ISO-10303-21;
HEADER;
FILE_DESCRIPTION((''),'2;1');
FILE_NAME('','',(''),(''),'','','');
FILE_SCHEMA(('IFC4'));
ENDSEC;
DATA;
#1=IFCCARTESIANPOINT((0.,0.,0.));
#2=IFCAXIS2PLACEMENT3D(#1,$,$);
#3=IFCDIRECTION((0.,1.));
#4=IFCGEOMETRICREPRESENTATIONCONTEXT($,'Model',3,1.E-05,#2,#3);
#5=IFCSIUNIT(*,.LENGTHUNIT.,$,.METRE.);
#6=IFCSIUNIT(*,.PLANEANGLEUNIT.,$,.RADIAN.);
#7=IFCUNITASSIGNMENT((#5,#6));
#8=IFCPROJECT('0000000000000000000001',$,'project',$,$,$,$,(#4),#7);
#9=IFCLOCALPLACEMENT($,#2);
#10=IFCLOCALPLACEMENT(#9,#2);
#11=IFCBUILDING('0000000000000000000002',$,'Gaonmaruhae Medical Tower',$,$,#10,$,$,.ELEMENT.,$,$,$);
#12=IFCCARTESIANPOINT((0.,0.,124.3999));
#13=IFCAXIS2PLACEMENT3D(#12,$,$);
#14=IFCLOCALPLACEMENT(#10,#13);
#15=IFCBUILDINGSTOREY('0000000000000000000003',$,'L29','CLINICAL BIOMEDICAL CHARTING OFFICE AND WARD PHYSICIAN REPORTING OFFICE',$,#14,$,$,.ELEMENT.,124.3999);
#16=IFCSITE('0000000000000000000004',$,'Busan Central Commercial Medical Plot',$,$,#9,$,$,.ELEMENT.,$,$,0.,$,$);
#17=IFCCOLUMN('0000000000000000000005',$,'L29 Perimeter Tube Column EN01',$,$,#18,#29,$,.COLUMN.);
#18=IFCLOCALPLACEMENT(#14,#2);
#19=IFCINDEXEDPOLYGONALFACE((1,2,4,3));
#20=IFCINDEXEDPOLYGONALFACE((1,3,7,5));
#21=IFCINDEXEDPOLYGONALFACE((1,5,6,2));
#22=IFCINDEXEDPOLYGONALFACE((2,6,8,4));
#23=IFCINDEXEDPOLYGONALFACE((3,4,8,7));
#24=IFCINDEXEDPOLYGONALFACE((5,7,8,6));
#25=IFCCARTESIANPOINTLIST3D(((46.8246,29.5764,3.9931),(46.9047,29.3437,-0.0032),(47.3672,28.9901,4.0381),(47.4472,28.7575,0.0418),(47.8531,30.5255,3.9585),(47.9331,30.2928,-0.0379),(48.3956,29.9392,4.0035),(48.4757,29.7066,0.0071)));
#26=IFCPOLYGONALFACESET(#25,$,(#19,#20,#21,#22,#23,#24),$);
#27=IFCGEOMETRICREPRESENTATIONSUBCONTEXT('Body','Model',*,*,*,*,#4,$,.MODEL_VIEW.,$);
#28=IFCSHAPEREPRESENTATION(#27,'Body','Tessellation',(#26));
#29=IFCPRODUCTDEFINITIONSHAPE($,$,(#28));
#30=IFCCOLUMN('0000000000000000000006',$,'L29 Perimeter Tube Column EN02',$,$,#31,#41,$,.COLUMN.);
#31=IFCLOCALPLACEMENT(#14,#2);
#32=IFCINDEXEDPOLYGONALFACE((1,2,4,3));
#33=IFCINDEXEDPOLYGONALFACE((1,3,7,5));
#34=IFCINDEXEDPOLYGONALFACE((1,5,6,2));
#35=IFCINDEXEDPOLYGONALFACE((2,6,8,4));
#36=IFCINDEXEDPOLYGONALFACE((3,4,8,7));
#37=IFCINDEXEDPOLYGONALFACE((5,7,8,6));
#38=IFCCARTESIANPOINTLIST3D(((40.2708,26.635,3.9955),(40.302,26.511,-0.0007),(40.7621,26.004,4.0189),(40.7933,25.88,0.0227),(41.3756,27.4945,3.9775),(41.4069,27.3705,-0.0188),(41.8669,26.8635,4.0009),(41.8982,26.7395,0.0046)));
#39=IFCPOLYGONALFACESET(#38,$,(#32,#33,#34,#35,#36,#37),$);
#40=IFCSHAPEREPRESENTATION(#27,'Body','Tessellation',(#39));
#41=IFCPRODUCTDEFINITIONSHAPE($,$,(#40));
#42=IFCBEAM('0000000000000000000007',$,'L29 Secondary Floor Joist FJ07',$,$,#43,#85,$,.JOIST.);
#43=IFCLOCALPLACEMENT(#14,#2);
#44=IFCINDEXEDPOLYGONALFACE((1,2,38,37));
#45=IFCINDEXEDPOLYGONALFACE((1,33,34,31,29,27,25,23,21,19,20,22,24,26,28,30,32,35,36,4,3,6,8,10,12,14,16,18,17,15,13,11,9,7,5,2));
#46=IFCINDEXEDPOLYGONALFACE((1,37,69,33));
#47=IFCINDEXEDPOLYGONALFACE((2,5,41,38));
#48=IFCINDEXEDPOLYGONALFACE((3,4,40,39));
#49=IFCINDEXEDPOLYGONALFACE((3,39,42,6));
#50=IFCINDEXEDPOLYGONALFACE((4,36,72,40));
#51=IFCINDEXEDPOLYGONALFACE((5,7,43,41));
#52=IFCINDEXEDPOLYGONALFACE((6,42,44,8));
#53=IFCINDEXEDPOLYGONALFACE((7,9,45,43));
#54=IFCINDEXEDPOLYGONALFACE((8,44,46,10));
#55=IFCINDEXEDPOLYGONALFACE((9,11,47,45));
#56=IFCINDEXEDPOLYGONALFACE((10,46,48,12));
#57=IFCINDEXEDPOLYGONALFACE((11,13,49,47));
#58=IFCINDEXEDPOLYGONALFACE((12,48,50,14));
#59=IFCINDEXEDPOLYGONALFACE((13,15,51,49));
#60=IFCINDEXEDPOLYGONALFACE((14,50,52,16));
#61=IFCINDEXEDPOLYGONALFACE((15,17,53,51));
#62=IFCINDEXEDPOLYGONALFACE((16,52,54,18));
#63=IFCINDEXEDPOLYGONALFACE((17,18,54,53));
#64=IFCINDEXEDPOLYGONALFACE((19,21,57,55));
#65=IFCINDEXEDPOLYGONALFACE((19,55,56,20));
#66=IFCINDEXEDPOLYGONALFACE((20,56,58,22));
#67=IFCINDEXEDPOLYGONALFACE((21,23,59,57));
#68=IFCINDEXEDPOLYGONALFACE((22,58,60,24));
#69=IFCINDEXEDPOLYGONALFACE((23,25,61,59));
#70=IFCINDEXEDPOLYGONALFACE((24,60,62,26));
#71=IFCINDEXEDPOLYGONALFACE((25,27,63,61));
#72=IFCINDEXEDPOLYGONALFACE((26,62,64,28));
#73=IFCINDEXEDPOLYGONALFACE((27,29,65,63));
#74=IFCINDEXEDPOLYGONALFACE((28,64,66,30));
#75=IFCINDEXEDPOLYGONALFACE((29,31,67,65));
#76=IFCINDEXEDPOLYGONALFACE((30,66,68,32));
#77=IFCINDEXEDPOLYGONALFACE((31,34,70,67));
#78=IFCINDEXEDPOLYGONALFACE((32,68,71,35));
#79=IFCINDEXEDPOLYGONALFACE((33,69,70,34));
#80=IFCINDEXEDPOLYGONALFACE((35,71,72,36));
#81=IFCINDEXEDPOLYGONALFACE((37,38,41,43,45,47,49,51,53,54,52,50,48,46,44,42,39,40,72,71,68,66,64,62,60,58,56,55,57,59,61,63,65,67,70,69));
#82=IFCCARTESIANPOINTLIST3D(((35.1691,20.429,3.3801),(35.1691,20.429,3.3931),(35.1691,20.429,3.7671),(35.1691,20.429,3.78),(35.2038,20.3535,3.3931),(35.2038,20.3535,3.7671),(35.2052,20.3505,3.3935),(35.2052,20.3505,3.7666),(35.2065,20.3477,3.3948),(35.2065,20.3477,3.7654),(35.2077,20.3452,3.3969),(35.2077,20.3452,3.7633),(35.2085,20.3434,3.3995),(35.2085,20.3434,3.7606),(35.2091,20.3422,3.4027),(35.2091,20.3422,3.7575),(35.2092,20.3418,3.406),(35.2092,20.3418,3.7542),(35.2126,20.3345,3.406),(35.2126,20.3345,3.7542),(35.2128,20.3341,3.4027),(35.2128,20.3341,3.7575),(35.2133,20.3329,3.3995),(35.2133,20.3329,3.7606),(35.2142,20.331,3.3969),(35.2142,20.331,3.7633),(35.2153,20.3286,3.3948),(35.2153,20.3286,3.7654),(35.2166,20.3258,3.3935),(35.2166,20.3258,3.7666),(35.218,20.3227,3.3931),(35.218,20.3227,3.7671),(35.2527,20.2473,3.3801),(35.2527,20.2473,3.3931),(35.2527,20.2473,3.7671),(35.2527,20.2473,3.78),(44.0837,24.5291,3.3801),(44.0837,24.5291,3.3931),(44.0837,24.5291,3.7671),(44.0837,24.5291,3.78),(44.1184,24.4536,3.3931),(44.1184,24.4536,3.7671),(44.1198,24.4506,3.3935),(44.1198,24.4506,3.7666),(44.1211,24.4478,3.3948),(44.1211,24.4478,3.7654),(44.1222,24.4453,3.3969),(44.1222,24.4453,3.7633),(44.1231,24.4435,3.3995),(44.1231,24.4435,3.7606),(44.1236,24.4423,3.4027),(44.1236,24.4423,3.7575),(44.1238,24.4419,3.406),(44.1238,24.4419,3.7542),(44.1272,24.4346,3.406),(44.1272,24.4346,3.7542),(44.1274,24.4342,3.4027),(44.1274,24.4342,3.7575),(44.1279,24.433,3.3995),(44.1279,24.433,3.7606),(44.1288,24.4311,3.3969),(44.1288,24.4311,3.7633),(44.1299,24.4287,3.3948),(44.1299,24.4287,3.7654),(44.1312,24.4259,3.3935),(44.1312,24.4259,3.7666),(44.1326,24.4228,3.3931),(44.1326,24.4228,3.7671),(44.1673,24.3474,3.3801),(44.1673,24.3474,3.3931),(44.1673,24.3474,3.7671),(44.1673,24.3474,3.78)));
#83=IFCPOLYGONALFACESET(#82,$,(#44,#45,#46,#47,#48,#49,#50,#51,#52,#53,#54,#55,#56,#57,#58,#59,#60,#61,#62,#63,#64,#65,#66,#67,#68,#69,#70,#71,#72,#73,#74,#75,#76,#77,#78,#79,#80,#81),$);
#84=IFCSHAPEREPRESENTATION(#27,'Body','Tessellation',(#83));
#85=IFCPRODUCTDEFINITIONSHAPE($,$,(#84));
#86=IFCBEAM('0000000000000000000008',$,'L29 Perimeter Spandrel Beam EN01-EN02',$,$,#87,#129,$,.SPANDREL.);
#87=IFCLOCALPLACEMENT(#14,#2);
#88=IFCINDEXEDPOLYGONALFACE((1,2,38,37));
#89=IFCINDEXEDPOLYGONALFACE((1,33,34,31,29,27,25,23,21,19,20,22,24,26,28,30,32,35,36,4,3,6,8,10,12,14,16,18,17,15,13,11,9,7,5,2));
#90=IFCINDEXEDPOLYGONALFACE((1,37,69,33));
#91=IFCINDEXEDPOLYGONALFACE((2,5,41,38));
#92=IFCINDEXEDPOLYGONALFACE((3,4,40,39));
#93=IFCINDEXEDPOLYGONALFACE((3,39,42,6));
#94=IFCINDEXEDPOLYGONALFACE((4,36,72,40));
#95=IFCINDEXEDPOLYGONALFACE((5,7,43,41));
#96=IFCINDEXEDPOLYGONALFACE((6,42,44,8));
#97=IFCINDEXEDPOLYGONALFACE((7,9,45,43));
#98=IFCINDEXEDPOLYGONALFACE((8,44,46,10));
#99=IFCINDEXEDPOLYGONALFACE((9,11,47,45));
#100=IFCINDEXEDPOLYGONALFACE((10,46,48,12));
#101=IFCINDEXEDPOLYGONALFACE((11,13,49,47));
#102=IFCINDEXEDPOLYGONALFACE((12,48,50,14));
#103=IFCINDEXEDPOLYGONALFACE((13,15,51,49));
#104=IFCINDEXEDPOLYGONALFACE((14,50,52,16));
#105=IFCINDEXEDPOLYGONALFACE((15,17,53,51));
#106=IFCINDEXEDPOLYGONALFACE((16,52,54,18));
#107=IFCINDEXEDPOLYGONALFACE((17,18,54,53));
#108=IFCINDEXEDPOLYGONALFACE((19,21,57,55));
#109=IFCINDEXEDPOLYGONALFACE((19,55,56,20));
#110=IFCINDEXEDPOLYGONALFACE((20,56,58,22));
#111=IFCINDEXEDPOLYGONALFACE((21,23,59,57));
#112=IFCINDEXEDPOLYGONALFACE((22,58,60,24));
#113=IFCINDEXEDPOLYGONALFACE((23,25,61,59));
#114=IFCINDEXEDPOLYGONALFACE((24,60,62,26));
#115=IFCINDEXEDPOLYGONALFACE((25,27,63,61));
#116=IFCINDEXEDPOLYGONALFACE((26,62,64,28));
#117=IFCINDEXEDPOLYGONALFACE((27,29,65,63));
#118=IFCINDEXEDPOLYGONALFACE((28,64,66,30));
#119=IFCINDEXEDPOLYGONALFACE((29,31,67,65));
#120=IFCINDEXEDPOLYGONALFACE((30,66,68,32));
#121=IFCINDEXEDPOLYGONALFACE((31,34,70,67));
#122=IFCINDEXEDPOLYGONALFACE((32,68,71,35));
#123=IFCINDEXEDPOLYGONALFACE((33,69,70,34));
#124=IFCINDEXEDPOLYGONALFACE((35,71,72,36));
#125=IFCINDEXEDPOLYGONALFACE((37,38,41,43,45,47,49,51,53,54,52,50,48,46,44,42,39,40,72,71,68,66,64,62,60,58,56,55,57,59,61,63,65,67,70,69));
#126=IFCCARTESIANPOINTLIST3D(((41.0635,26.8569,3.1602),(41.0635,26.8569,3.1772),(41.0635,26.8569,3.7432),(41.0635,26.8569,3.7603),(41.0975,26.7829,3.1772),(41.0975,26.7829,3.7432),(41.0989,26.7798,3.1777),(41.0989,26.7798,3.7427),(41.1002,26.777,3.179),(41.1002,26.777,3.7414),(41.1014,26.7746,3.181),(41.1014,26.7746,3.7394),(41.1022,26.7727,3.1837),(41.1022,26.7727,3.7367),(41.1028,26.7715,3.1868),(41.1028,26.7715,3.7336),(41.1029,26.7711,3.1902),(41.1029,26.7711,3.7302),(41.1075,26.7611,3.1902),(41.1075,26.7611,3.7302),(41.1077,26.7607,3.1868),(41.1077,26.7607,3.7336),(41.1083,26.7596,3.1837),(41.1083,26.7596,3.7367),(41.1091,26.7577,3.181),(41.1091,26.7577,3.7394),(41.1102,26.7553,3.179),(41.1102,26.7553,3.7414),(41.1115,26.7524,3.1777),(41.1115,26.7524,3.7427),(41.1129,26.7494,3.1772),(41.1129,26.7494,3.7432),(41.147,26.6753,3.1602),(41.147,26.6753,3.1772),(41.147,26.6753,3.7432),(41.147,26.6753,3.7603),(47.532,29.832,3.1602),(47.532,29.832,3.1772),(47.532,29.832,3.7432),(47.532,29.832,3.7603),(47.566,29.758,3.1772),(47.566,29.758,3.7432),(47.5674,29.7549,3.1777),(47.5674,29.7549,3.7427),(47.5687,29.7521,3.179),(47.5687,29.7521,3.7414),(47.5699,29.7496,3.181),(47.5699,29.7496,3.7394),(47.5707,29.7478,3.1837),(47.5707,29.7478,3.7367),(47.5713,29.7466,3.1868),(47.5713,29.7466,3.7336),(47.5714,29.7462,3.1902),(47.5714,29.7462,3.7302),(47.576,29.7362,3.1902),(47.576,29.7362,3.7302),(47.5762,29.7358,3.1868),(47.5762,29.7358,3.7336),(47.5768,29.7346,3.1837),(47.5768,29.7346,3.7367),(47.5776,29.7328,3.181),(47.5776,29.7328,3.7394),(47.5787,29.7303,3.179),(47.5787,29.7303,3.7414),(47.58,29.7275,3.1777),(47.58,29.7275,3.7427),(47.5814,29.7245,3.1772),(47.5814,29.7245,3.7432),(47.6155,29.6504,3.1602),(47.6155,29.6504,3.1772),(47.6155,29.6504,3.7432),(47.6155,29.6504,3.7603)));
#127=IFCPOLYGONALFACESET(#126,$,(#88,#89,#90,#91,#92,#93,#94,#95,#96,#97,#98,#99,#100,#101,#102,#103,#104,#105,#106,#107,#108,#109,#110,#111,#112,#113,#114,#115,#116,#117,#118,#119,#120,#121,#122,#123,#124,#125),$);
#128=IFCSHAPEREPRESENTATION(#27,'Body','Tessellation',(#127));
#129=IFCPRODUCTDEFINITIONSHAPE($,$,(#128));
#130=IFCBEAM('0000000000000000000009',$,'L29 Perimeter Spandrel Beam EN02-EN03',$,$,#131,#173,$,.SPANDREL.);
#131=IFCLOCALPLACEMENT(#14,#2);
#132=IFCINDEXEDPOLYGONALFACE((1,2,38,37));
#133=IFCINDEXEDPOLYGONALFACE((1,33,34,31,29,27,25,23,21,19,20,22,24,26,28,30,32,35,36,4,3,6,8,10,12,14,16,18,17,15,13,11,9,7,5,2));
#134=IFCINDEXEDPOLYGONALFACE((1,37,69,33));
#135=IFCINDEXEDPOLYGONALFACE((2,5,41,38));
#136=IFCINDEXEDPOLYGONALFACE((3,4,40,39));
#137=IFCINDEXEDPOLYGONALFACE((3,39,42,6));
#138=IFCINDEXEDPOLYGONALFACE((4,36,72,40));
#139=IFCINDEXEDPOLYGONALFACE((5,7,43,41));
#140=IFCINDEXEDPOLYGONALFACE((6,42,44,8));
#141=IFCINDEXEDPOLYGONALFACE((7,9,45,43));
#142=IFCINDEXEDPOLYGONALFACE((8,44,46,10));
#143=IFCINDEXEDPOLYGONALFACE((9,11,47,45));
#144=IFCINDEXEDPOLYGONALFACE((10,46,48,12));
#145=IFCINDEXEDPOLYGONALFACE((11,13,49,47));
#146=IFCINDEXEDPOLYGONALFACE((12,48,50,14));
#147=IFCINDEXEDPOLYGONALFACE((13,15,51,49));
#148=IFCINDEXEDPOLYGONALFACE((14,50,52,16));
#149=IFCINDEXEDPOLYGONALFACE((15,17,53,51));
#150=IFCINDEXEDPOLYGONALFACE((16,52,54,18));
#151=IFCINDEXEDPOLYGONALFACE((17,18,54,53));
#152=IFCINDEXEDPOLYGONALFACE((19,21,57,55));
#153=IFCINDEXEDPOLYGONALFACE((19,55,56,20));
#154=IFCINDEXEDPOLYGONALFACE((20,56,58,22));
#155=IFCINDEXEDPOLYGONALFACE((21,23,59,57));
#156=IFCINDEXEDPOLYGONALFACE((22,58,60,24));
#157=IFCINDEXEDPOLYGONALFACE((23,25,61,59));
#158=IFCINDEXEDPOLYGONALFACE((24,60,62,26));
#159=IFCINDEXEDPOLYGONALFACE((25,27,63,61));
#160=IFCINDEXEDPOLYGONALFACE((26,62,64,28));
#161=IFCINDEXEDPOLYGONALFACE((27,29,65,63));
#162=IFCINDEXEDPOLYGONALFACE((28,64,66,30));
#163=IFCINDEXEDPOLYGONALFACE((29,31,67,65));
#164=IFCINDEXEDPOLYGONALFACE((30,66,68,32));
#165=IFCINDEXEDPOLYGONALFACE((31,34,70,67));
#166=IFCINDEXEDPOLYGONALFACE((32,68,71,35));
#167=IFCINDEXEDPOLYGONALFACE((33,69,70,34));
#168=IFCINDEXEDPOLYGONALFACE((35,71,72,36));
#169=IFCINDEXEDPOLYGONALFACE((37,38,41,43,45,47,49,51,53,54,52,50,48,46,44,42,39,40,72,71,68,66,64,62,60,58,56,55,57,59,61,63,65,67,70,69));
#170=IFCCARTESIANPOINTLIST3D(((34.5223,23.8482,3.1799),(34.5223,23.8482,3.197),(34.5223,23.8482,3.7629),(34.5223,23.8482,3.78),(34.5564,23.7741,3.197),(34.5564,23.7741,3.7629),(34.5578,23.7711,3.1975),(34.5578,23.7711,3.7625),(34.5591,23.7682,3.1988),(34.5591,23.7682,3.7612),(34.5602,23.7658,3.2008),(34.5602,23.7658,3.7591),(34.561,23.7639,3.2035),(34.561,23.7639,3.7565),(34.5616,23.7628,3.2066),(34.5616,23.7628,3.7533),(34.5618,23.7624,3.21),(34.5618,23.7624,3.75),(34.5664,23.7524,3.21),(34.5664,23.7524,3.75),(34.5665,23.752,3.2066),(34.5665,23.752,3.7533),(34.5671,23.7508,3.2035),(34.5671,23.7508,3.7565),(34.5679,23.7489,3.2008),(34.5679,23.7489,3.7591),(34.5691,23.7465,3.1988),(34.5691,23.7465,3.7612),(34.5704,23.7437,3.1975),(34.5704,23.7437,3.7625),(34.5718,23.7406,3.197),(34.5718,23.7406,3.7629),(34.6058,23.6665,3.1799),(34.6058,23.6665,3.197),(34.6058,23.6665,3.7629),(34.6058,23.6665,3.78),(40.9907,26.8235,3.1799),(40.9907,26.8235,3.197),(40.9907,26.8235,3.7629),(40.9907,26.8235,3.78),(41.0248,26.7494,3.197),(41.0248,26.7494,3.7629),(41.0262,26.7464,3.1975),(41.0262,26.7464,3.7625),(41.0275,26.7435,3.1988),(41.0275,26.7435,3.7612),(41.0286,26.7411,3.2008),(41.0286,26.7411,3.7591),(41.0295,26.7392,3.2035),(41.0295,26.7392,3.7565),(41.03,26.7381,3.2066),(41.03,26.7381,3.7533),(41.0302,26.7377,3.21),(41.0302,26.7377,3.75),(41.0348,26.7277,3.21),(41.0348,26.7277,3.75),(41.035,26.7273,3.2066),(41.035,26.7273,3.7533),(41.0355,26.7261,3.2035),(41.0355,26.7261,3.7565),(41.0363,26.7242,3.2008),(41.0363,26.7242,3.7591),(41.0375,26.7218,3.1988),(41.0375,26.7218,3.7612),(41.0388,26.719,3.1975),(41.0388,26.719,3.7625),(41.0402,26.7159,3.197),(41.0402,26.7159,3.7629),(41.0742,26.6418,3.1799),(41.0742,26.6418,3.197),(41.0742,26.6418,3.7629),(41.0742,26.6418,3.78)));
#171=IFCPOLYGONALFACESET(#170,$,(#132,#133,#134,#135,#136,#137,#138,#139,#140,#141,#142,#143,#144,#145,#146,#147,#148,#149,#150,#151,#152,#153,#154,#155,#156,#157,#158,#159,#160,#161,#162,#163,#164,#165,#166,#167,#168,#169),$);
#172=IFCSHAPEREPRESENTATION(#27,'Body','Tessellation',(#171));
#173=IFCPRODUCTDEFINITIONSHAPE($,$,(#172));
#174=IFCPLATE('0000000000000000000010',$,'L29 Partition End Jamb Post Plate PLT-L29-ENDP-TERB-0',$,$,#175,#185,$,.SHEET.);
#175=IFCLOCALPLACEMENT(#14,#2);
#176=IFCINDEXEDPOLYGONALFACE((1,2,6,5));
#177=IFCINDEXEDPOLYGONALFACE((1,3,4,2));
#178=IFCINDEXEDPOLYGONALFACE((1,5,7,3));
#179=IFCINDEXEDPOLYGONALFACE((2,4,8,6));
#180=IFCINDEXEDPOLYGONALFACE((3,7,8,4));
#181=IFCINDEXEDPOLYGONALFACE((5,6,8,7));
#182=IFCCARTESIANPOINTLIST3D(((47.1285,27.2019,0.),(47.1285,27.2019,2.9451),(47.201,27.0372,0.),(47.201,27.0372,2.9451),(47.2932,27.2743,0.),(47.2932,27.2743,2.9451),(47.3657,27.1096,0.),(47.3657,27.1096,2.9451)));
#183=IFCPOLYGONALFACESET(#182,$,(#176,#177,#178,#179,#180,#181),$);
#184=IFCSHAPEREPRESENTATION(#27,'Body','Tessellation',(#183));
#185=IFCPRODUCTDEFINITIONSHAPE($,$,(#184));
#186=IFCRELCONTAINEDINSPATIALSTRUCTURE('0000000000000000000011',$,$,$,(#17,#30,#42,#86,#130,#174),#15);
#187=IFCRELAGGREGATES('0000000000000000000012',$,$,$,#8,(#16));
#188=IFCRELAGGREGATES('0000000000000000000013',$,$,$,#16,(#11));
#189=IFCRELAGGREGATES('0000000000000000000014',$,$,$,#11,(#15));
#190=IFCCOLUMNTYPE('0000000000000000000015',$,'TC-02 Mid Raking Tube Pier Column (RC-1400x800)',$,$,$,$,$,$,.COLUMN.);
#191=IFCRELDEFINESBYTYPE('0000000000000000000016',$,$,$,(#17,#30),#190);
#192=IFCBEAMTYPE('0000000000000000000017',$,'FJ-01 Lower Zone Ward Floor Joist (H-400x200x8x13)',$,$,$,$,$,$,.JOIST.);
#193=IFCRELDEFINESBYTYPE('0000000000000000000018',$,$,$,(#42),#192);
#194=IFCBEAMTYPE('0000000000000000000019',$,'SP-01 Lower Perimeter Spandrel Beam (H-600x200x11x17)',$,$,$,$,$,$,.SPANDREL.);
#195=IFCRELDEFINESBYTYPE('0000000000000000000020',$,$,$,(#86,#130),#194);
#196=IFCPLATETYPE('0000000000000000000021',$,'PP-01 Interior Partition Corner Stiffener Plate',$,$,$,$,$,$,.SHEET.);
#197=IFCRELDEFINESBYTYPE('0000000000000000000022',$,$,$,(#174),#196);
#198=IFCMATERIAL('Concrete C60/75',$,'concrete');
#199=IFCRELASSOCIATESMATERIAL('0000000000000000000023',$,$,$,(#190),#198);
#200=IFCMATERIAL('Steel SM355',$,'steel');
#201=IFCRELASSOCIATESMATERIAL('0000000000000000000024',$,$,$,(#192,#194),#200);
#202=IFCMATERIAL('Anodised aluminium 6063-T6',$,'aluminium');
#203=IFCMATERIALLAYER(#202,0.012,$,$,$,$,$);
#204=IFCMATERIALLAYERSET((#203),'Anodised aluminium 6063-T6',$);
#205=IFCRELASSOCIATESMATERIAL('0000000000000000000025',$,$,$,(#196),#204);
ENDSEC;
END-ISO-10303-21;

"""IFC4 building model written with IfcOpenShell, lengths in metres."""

from ifc_helpers import new_model, si_unit, direction, frame, origin, origin_2d, place, context, subcontext, project, spatial, rectangle, i_section, extrude, material, layer, layer_set, material_profile, profile_set, type_object, element, save


model = new_model("IFC4")

# Units and contexts
model_context = context("Model", 3, precision=1e-05, world=origin(), true_north=direction((0.0, 1.0)))
body_context = subcontext(model_context, "Body", "Model", "MODEL_VIEW")
ifc_project = project(units=[si_unit("LENGTHUNIT", "METRE"), si_unit("PLANEANGLEUNIT", "RADIAN")], contexts=[model_context])

# Site, building, storey
site_placement = place(None, origin())
site = spatial("IfcSite", under=ifc_project, at=site_placement, Name="Busan Central Commercial Medical Plot", CompositionType="ELEMENT", RefElevation=0.0)
building_placement = place(site_placement, origin())
building = spatial("IfcBuilding", under=site, at=building_placement, Name="Gaonmaruhae Medical Tower", CompositionType="ELEMENT")
storey_placement = place(building_placement, frame((0.0, 0.0, 124.3999)))
storey = spatial("IfcBuildingStorey", under=building, at=storey_placement, Name="L29", Description="CLINICAL BIOMEDICAL CHARTING OFFICE AND WARD PHYSICIAN REPORTING OFFICE", CompositionType="ELEMENT", Elevation=124.3999)

# Columns
ifc_material_1 = material(Name="Concrete C60/75", Category="concrete")
ifc_material_profile_1 = material_profile(ifc_material_1, rectangle(XDim=1.3999, YDim=0.8, at=origin_2d()), Name="RC-1400x800")
ifc_profile_set_1 = profile_set([ifc_material_profile_1], Name="Concrete C60/75")
column_type = type_object("IfcColumnType", Name="TC-02 Mid Raking Tube Pier Column (RC-1400x800)", PredefinedType="COLUMN", material=ifc_profile_set_1)
column_1_placement = place(storey_placement, frame((47.6902, 29.5251, 0.002), z_axis=(-0.02, 0.05811, 0.99811), x_axis=(-0.734662, -0.677982, 0.024751)))
element("IfcColumn", 1, at=column_1_placement, inside=storey, type_object=column_type, Name="L29 Perimeter Tube Column EN01", PredefinedType="COLUMN", context=body_context, shape_type="SweptSolid", body=[
    extrude(rectangle(XDim=1.3999, YDim=0.8, at=origin_2d()), origin(), (0.0, 0.0, 1.0), 4.0039),
])
column_2_placement = place(storey_placement, frame((41.1001, 26.6252, 0.002), z_axis=(-0.007816, 0.031018, 0.999488), x_axis=(-0.789216, -0.61398, 0.012883)))
element("IfcColumn", 2, at=column_2_placement, inside=storey, type_object=column_type, Name="L29 Perimeter Tube Column EN02", PredefinedType="COLUMN", context=body_context, shape_type="SweptSolid", body=[
    extrude(rectangle(XDim=1.3999, YDim=0.8, at=origin_2d()), origin(), (0.0, 0.0, 1.0), 3.9983),
])

# Beams
ifc_material_2 = material(Name="Steel SM355", Category="steel")
ifc_material_profile_2 = material_profile(ifc_material_2, i_section(OverallWidth=0.2, OverallDepth=0.3999, WebThickness=0.0081, FlangeThickness=0.0129, FilletRadius=0.0129, at=origin_2d()), Name="H-400x200x8x13")
ifc_profile_set_2 = profile_set([ifc_material_profile_2], Name="Steel SM355")
beam_type_1 = type_object("IfcBeamType", Name="FJ-01 Lower Zone Ward Floor Joist (H-400x200x8x13)", PredefinedType="JOIST", material=ifc_profile_set_2)
beam_placement = place(storey_placement, frame((44.1255, 24.4382, 3.5801), z_axis=(-0.908514, -0.417856, 0.0), x_axis=(0.417856, -0.908514, 0.0)))
element("IfcBeam", 3, at=beam_placement, inside=storey, type_object=beam_type_1, Name="L29 Secondary Floor Joist FJ07", PredefinedType="JOIST", context=body_context, shape_type="SweptSolid", body=[
    extrude(i_section(OverallWidth=0.2, OverallDepth=0.3999, WebThickness=0.0081, FlangeThickness=0.0129, FilletRadius=0.0129, at=origin_2d()), origin(), (0.0, 0.0, 1.0), 9.8123),
])
ifc_material_profile_3 = material_profile(ifc_material_2, i_section(OverallWidth=0.2, OverallDepth=0.6001, WebThickness=0.011, FlangeThickness=0.0171, FilletRadius=0.0129, at=origin_2d()), Name="H-600x200x11x17")
ifc_profile_set_3 = profile_set([ifc_material_profile_3], Name="Steel SM355")
beam_type_2 = type_object("IfcBeamType", Name="SP-01 Lower Perimeter Spandrel Beam (H-600x200x11x17)", PredefinedType="SPANDREL", material=ifc_profile_set_3)
for number, where, z_axis, x_axis, name in (
    (4, (47.5737, 29.7412, 3.4602), (-0.908513, -0.417857, 0.0), (0.417857, -0.908513, 0.0), "L29 Perimeter Spandrel Beam EN01-EN02"),
    (5, (41.0325, 26.7327, 3.48), (-0.9085, -0.417886, 0.0), (0.417886, -0.9085, 0.0), "L29 Perimeter Spandrel Beam EN02-EN03"),
):
    element("IfcBeam", number, at=place(storey_placement, frame(where, z_axis=z_axis, x_axis=x_axis)), inside=storey, type_object=beam_type_2, Name=name, PredefinedType="SPANDREL", context=body_context, shape_type="SweptSolid", body=[
        extrude(i_section(OverallWidth=0.2, OverallDepth=0.6001, WebThickness=0.011, FlangeThickness=0.0171, FilletRadius=0.0129, at=origin_2d()), origin(), (0.0, 0.0, 1.0), 7.1199),
    ])

# Plate
ifc_material_3 = material(Name="Anodised aluminium 6063-T6", Category="aluminium")
ifc_layer_1 = layer(ifc_material_3, 0.012)
ifc_layer_set_1 = layer_set([ifc_layer_1], Name="Anodised aluminium 6063-T6")
plate_type = type_object("IfcPlateType", Name="PP-01 Interior Partition Corner Stiffener Plate", PredefinedType="SHEET", material=ifc_layer_set_1)
plate_1_placement = place(storey_placement, frame((47.2471, 27.1558, 0.0), z_axis=(0.0, 0.0, 1.0), x_axis=(0.915311, 0.402747, 0.0)))
element("IfcPlate", 6, at=plate_1_placement, inside=storey, type_object=plate_type, Name="L29 Partition End Jamb Post Plate PLT-L29-ENDP-TERB-0", PredefinedType="SHEET", context=body_context, shape_type="SweptSolid", body=[
    extrude(rectangle(XDim=0.1799, YDim=0.1799, at=origin_2d()), origin(), (0.0, 0.0, 1.0), 2.9451),
])

save(model, "model.ifc")
